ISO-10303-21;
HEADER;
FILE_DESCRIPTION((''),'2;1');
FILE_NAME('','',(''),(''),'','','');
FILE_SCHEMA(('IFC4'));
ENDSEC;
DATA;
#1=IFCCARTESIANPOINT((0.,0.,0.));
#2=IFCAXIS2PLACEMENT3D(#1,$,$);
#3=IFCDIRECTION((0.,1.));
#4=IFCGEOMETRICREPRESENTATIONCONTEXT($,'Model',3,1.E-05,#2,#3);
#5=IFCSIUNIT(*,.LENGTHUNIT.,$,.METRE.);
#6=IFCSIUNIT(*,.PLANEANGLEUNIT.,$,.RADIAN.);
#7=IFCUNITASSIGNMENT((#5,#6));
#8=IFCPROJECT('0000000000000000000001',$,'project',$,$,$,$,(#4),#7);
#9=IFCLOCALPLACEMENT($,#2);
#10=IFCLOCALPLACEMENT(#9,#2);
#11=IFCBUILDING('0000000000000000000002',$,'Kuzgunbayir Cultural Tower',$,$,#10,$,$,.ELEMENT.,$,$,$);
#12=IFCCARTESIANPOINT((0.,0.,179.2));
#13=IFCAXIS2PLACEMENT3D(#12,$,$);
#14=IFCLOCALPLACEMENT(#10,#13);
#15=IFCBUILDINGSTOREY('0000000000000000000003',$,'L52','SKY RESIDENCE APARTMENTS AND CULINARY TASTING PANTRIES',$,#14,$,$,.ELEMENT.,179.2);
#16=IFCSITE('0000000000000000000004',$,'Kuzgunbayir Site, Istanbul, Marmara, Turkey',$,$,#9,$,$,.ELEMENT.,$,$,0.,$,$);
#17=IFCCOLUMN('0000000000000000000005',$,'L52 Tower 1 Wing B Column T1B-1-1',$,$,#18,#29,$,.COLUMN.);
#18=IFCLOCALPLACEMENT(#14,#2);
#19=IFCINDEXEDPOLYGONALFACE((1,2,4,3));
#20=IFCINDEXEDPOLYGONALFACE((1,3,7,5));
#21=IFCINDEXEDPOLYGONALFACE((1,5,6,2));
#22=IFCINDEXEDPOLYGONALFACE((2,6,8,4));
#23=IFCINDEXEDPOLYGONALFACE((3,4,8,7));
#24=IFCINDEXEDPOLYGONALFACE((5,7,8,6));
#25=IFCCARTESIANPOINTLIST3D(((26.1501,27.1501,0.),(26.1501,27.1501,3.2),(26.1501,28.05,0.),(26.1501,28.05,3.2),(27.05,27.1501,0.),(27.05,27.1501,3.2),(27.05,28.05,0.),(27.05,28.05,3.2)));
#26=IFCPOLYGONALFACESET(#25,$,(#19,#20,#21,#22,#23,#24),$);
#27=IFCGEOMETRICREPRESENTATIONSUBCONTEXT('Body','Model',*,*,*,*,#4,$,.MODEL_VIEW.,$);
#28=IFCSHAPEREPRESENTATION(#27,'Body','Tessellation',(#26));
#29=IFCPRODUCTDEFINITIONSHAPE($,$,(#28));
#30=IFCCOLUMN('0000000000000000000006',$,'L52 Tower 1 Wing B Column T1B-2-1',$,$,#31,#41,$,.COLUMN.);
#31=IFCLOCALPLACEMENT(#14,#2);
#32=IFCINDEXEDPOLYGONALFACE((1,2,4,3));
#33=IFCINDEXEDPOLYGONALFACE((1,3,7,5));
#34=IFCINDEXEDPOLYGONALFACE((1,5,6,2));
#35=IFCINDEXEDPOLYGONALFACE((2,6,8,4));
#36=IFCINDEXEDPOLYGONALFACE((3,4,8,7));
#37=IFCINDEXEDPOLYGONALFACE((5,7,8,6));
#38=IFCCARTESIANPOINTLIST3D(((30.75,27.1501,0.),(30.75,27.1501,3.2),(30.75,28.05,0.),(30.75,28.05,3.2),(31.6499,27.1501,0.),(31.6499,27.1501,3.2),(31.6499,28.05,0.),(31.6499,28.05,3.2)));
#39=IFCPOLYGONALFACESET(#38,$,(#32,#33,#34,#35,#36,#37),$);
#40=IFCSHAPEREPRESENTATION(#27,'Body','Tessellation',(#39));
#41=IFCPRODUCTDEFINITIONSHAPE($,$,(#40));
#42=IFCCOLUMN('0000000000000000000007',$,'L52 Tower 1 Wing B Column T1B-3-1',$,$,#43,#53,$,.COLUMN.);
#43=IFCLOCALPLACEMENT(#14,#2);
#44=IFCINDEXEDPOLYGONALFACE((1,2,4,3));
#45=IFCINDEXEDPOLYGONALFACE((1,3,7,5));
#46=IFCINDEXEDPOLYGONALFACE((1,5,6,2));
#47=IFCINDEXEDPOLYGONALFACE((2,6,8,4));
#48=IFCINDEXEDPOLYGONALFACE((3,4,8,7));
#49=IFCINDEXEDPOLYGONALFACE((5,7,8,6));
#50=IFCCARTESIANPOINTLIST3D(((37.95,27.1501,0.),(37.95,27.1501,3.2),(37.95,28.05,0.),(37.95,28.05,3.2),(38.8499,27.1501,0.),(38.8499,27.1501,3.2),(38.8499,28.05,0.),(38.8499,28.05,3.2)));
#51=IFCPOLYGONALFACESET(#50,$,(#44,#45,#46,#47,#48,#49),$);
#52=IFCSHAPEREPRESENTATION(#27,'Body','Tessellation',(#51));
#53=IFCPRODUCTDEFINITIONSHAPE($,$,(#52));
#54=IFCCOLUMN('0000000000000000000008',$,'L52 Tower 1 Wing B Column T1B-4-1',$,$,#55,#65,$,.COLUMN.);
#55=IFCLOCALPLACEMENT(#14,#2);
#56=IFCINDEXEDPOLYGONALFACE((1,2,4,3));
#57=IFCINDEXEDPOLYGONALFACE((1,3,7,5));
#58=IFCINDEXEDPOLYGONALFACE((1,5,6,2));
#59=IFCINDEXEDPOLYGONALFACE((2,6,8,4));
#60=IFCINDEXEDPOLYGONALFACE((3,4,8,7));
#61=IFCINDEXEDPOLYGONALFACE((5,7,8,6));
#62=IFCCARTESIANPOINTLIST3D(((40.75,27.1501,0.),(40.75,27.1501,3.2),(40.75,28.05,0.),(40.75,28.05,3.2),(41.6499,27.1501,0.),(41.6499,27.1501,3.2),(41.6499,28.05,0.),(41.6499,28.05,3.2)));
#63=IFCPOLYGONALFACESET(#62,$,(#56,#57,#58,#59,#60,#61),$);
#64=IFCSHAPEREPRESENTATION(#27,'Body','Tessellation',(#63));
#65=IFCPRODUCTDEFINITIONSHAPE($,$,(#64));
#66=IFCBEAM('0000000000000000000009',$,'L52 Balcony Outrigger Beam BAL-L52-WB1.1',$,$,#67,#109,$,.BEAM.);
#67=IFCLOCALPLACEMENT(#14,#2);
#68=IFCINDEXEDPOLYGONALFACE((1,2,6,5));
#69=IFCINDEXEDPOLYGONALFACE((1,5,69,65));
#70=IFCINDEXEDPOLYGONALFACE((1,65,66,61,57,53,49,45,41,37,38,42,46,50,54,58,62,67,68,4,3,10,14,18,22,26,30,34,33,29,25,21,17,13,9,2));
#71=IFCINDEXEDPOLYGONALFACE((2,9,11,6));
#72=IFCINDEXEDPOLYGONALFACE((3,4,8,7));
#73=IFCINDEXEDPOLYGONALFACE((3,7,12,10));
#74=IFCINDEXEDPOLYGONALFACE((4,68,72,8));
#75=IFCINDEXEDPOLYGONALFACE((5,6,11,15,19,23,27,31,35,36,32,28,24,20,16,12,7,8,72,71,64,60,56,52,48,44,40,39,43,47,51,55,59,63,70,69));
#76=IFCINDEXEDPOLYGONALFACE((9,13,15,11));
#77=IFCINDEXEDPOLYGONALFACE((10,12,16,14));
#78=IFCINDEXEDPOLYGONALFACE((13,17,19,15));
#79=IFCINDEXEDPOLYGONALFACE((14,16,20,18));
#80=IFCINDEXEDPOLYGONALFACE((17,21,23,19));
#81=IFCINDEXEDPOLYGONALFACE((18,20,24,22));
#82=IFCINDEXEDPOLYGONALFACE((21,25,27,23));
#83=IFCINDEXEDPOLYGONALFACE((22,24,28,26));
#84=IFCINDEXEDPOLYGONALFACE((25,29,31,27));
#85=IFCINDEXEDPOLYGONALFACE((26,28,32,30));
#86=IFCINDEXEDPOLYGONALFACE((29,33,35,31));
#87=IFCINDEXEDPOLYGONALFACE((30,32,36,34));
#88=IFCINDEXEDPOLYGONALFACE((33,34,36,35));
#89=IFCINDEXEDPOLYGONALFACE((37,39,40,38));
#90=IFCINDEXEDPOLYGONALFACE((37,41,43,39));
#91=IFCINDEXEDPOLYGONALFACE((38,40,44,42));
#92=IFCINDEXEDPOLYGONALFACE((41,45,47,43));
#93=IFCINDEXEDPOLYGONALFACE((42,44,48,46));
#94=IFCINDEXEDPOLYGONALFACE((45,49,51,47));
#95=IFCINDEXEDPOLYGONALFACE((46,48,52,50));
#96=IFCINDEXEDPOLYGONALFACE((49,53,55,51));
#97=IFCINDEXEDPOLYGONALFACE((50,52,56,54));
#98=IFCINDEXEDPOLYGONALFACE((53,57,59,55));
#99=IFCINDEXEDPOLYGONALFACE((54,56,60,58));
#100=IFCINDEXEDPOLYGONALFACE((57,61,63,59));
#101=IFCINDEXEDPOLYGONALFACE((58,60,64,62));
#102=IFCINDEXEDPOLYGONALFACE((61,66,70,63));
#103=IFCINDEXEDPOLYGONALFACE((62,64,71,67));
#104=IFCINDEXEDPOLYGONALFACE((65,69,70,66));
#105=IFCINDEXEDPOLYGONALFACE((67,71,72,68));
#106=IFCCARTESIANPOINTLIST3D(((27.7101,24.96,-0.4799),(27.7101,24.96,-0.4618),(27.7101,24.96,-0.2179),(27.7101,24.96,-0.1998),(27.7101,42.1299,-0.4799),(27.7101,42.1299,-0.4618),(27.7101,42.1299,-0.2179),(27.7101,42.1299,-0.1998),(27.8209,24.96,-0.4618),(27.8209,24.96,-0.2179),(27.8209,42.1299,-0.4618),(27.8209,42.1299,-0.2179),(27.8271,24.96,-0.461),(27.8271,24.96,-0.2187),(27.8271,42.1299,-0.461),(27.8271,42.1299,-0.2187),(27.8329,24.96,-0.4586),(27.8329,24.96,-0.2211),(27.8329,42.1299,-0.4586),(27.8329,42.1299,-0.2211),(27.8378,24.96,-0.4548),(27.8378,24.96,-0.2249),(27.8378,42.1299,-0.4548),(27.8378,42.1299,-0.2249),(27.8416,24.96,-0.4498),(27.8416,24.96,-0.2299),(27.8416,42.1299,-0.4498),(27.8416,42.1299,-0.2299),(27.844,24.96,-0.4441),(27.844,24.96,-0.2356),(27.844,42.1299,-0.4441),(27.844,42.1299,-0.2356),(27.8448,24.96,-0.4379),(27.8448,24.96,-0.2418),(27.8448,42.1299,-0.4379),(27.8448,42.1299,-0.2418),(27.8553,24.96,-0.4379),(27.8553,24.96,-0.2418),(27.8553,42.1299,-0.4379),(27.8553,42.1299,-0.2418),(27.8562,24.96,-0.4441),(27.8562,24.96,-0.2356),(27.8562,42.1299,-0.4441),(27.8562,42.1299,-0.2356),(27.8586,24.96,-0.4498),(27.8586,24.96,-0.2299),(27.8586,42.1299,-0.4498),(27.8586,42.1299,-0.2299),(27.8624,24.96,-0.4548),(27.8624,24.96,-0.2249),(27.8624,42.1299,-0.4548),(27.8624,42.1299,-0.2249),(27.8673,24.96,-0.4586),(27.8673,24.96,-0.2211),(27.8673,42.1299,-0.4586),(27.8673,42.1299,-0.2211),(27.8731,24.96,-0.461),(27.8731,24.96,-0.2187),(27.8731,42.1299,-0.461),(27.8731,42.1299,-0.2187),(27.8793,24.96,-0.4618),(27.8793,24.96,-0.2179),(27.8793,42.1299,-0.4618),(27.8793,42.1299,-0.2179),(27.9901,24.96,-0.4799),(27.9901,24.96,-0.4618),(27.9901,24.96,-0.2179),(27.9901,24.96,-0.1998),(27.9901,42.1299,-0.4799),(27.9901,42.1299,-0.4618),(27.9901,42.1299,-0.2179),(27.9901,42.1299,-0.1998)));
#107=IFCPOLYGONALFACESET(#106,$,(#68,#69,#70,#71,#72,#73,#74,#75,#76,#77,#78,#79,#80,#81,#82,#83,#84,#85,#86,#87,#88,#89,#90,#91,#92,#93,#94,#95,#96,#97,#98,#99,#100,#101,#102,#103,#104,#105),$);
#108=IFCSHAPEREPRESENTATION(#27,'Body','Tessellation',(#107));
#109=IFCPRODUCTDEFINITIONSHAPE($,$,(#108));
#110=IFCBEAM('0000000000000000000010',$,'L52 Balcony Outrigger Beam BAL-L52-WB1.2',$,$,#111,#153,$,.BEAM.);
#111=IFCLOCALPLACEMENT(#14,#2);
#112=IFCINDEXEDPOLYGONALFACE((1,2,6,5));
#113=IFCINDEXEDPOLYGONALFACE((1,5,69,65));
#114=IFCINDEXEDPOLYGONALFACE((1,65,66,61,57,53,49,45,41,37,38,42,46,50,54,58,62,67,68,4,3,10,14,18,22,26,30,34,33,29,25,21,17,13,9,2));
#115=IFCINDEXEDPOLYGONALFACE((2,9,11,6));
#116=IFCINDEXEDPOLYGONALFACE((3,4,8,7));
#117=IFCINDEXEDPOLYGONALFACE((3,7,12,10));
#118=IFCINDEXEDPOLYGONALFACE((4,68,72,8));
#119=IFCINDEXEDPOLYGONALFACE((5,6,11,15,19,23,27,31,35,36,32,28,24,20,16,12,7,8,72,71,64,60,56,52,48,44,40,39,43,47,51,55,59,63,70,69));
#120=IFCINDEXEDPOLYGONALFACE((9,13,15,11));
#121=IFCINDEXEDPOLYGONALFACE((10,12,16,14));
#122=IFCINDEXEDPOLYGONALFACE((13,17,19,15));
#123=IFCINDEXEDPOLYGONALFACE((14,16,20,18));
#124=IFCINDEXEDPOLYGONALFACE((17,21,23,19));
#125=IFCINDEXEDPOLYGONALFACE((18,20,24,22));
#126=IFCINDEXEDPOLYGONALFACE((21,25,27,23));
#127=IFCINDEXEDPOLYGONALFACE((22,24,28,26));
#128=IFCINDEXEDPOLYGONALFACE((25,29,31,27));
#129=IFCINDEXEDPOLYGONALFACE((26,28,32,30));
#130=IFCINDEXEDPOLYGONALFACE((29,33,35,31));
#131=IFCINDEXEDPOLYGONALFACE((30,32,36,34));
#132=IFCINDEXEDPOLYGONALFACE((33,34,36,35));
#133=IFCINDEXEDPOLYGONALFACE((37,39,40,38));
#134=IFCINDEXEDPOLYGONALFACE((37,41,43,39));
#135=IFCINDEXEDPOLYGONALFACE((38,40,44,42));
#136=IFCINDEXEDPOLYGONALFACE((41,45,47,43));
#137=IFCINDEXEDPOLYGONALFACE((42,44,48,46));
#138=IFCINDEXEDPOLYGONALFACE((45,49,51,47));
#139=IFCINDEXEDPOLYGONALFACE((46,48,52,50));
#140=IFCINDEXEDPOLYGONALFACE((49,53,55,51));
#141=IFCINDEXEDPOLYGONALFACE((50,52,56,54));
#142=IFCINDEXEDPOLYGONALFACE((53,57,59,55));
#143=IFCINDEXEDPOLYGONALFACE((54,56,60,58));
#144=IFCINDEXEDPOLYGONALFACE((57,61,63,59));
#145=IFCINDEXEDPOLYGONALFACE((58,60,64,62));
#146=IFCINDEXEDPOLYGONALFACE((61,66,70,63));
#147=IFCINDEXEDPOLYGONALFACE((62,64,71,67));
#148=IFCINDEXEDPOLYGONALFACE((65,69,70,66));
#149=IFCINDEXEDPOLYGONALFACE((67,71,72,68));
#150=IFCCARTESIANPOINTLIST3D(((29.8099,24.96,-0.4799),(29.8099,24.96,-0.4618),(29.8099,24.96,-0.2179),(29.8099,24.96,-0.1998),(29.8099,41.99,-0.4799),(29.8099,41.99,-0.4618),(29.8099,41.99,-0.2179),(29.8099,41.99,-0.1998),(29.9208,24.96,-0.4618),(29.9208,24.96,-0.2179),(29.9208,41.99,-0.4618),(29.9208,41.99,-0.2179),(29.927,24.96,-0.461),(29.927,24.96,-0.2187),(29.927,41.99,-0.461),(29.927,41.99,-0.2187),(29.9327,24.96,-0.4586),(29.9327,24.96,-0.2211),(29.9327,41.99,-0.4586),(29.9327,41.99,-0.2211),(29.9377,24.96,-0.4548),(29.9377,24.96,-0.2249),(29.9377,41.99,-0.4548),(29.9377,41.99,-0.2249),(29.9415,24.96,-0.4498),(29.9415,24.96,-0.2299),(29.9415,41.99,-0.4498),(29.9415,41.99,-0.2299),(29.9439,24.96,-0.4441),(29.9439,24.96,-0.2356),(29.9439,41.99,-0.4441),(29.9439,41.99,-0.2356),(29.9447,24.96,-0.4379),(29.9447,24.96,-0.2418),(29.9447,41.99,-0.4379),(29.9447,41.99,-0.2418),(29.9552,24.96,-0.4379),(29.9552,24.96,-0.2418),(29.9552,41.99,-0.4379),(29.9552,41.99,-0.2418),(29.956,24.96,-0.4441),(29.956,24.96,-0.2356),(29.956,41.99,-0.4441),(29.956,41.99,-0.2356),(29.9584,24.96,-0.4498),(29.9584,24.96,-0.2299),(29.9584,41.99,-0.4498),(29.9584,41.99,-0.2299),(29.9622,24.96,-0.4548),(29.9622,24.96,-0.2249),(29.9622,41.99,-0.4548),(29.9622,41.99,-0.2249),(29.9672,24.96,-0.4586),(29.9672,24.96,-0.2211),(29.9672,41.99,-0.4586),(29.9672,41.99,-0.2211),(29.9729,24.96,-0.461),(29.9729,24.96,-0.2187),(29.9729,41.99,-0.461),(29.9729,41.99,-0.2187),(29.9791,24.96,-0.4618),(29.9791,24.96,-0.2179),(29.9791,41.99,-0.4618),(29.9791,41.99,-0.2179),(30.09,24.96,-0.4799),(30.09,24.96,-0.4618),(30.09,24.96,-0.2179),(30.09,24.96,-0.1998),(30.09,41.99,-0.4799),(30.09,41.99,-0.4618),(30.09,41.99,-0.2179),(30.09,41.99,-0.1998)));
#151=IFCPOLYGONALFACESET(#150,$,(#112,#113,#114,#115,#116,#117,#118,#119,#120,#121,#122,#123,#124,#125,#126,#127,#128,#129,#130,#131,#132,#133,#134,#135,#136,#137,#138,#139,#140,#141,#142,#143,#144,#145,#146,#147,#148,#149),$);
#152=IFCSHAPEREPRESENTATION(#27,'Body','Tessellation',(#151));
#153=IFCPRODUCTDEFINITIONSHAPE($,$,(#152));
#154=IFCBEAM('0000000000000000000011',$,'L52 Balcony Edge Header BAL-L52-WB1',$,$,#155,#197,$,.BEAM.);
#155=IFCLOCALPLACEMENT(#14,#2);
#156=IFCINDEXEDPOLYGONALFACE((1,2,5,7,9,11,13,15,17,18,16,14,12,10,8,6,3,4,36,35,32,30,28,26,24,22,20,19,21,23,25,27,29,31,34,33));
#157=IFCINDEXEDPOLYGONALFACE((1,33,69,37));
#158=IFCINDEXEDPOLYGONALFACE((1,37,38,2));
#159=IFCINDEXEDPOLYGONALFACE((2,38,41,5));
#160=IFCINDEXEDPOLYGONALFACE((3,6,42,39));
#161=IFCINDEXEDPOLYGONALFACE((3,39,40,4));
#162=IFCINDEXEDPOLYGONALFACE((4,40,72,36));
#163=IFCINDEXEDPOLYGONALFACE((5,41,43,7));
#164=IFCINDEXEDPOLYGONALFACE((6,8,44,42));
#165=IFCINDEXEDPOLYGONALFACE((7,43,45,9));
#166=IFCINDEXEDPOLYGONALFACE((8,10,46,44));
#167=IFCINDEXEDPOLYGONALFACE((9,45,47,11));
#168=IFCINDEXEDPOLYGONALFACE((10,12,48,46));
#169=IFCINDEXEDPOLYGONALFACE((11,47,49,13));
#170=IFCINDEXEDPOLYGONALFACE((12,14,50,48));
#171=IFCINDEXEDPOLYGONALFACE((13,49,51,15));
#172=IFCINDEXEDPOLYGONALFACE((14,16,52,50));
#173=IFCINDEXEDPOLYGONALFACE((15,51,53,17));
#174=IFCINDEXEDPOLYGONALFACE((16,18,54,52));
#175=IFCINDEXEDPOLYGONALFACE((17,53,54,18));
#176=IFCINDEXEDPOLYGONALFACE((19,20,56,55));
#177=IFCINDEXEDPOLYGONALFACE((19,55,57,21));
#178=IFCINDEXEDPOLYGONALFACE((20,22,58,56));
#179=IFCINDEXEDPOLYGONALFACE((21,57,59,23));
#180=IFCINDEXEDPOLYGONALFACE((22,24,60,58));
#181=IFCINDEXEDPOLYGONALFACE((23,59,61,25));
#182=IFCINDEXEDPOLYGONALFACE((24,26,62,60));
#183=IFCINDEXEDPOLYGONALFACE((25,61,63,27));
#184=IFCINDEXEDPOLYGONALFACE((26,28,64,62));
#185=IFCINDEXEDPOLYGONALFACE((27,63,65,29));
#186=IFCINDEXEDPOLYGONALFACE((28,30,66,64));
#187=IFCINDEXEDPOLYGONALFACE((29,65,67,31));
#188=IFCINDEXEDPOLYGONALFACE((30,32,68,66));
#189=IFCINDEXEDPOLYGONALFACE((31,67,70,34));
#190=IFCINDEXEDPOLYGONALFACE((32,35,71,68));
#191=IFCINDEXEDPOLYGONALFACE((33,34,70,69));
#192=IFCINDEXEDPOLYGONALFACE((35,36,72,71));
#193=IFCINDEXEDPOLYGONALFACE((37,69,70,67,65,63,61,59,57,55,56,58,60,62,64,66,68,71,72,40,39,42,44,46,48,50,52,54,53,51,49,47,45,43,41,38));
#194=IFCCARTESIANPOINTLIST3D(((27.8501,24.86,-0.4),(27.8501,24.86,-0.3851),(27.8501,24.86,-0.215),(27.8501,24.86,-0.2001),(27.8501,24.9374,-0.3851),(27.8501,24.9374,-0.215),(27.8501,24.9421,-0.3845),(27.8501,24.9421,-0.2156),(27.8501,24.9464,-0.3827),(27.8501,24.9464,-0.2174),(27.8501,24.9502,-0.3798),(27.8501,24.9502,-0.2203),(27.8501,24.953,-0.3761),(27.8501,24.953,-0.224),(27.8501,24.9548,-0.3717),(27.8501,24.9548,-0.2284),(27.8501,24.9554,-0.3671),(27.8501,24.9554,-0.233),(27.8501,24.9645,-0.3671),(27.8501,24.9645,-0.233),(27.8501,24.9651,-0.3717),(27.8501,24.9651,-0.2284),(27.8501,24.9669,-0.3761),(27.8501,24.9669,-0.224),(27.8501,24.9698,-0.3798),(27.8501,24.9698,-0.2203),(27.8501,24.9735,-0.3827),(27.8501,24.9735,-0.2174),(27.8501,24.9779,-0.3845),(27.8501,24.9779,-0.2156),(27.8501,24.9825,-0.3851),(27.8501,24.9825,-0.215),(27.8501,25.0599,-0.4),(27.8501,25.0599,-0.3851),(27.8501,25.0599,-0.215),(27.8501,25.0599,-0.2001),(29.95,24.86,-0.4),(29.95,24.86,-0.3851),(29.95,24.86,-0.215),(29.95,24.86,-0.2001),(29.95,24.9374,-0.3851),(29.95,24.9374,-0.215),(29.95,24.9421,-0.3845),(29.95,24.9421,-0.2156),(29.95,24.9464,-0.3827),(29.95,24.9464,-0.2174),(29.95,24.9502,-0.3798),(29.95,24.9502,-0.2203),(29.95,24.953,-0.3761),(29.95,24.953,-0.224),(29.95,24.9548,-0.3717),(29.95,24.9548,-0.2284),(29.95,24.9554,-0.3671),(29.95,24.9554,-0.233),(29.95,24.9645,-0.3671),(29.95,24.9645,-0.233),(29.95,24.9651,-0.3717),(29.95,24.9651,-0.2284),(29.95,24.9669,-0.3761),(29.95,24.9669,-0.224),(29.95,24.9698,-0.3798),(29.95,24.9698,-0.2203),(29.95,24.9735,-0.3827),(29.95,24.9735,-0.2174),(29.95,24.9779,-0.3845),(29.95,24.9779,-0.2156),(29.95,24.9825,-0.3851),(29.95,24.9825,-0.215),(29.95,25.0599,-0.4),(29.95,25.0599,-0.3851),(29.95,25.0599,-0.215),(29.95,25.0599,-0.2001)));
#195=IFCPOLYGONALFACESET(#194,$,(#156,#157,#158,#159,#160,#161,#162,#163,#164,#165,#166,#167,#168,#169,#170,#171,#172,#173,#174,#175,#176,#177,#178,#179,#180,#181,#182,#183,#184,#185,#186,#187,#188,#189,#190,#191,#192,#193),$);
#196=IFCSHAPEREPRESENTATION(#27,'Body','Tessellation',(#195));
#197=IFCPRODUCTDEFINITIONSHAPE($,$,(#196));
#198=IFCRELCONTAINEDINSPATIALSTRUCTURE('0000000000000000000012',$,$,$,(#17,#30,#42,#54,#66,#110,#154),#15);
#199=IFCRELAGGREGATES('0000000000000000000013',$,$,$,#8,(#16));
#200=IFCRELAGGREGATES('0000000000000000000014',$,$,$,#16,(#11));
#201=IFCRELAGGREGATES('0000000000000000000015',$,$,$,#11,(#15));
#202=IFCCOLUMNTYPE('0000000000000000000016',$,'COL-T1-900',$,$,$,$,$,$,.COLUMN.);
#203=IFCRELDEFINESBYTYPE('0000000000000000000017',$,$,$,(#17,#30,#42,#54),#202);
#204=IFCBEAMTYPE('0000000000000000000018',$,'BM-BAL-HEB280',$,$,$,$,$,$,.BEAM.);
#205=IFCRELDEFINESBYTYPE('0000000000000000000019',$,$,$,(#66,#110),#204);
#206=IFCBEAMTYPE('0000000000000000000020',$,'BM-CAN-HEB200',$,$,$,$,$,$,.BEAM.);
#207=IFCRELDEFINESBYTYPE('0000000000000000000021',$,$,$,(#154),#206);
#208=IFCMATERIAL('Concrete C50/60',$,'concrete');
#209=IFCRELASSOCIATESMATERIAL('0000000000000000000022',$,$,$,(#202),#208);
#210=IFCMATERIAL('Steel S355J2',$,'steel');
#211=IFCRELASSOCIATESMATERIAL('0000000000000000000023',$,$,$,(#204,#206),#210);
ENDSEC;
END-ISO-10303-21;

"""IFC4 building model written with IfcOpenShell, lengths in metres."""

from ifc_helpers import new_model, si_unit, direction, frame, origin, origin_2d, place, context, subcontext, project, spatial, rectangle, i_section, extrude, material, material_profile, profile_set, type_object, element, save


model = new_model("IFC4")

# Units and contexts
model_context = context("Model", 3, precision=1e-05, world=origin(), true_north=direction((0.0, 1.0)))
body_context = subcontext(model_context, "Body", "Model", "MODEL_VIEW")
ifc_project = project(units=[si_unit("LENGTHUNIT", "METRE"), si_unit("PLANEANGLEUNIT", "RADIAN")], contexts=[model_context])

# Site, building, storey
site_placement = place(None, origin())
site = spatial("IfcSite", under=ifc_project, at=site_placement, Name="Kuzgunbayir Site, Istanbul, Marmara, Turkey", CompositionType="ELEMENT", RefElevation=0.0)
building_placement = place(site_placement, origin())
building = spatial("IfcBuilding", under=site, at=building_placement, Name="Kuzgunbayir Cultural Tower", CompositionType="ELEMENT")
storey_placement = place(building_placement, frame((0.0, 0.0, 179.2)))
storey = spatial("IfcBuildingStorey", under=building, at=storey_placement, Name="L52", Description="SKY RESIDENCE APARTMENTS AND CULINARY TASTING PANTRIES", CompositionType="ELEMENT", Elevation=179.2)

# Columns
ifc_material_1 = material(Name="Concrete C50/60", Category="concrete")
ifc_material_profile_1 = material_profile(ifc_material_1, rectangle(XDim=0.8999, YDim=0.8999, at=origin_2d()), Name="RC 900x900")
ifc_profile_set_1 = profile_set([ifc_material_profile_1], Name="Concrete C50/60")
column_type = type_object("IfcColumnType", Name="COL-T1-900", PredefinedType="COLUMN", material=ifc_profile_set_1)
for number, where, z_axis, x_axis, name in (
    (1, (26.6001, 27.6001, 0.0), (0.0, 0.0, 1.0), (1.0, 0.0, 0.0), "L52 Tower 1 Wing B Column T1B-1-1"),
    (2, (31.2, 27.6001, 0.0), (0.0, 0.0, 1.0), (1.0, 0.0, 0.0), "L52 Tower 1 Wing B Column T1B-2-1"),
    (3, (38.3999, 27.6001, 0.0), (0.0, 0.0, 1.0), (1.0, 0.0, 0.0), "L52 Tower 1 Wing B Column T1B-3-1"),
    (4, (41.2, 27.6001, 0.0), (0.0, 0.0, 1.0), (1.0, 0.0, 0.0), "L52 Tower 1 Wing B Column T1B-4-1"),
):
    element("IfcColumn", number, at=place(storey_placement, frame(where, z_axis=z_axis, x_axis=x_axis)), inside=storey, type_object=column_type, Name=name, PredefinedType="COLUMN", context=body_context, shape_type="SweptSolid", body=[
        extrude(rectangle(XDim=0.8999, YDim=0.8999, at=origin_2d()), origin(), (0.0, 0.0, 1.0), 3.2),
    ])

# Beams
ifc_material_2 = material(Name="Steel S355J2", Category="steel")
ifc_material_profile_2 = material_profile(ifc_material_2, i_section(OverallWidth=0.28, OverallDepth=0.28, WebThickness=0.0105, FlangeThickness=0.0181, FilletRadius=0.0239, at=origin_2d()), Name="HEB 280")
ifc_profile_set_2 = profile_set([ifc_material_profile_2], Name="Steel S355J2")
beam_type_1 = type_object("IfcBeamType", Name="BM-BAL-HEB280", PredefinedType="BEAM", material=ifc_profile_set_2)
beam_1_placement = place(storey_placement, frame((27.8501, 24.96, -0.3398), z_axis=(0.0, 1.0, 0.0), x_axis=(-1.0, 0.0, 0.0)))
element("IfcBeam", 5, at=beam_1_placement, inside=storey, type_object=beam_type_1, Name="L52 Balcony Outrigger Beam BAL-L52-WB1.1", PredefinedType="BEAM", context=body_context, shape_type="SweptSolid", body=[
    extrude(i_section(OverallWidth=0.28, OverallDepth=0.28, WebThickness=0.0105, FlangeThickness=0.0181, FilletRadius=0.0239, at=origin_2d()), origin(), (0.0, 0.0, 1.0), 17.1699),
])
beam_2_placement = place(storey_placement, frame((29.95, 24.96, -0.3398), z_axis=(0.0, 1.0, 0.0), x_axis=(-1.0, 0.0, 0.0)))
element("IfcBeam", 6, at=beam_2_placement, inside=storey, type_object=beam_type_1, Name="L52 Balcony Outrigger Beam BAL-L52-WB1.2", PredefinedType="BEAM", context=body_context, shape_type="SweptSolid", body=[
    extrude(i_section(OverallWidth=0.28, OverallDepth=0.28, WebThickness=0.0105, FlangeThickness=0.0181, FilletRadius=0.0239, at=origin_2d()), origin(), (0.0, 0.0, 1.0), 17.03),
])
ifc_material_profile_3 = material_profile(ifc_material_2, i_section(OverallWidth=0.2, OverallDepth=0.2, WebThickness=0.009, FlangeThickness=0.0149, FilletRadius=0.0181, at=origin_2d()), Name="HEB 200")
ifc_profile_set_3 = profile_set([ifc_material_profile_3], Name="Steel S355J2")
beam_type_2 = type_object("IfcBeamType", Name="BM-CAN-HEB200", PredefinedType="BEAM", material=ifc_profile_set_3)
beam_3_placement = place(storey_placement, frame((27.8501, 24.96, -0.3), z_axis=(1.0, 0.0, 0.0), x_axis=(0.0, 1.0, 0.0)))
element("IfcBeam", 7, at=beam_3_placement, inside=storey, type_object=beam_type_2, Name="L52 Balcony Edge Header BAL-L52-WB1", PredefinedType="BEAM", context=body_context, shape_type="SweptSolid", body=[
    extrude(i_section(OverallWidth=0.2, OverallDepth=0.2, WebThickness=0.009, FlangeThickness=0.0149, FilletRadius=0.0181, at=origin_2d()), origin(), (0.0, 0.0, 1.0), 2.0999),
])

save(model, "model.ifc")
